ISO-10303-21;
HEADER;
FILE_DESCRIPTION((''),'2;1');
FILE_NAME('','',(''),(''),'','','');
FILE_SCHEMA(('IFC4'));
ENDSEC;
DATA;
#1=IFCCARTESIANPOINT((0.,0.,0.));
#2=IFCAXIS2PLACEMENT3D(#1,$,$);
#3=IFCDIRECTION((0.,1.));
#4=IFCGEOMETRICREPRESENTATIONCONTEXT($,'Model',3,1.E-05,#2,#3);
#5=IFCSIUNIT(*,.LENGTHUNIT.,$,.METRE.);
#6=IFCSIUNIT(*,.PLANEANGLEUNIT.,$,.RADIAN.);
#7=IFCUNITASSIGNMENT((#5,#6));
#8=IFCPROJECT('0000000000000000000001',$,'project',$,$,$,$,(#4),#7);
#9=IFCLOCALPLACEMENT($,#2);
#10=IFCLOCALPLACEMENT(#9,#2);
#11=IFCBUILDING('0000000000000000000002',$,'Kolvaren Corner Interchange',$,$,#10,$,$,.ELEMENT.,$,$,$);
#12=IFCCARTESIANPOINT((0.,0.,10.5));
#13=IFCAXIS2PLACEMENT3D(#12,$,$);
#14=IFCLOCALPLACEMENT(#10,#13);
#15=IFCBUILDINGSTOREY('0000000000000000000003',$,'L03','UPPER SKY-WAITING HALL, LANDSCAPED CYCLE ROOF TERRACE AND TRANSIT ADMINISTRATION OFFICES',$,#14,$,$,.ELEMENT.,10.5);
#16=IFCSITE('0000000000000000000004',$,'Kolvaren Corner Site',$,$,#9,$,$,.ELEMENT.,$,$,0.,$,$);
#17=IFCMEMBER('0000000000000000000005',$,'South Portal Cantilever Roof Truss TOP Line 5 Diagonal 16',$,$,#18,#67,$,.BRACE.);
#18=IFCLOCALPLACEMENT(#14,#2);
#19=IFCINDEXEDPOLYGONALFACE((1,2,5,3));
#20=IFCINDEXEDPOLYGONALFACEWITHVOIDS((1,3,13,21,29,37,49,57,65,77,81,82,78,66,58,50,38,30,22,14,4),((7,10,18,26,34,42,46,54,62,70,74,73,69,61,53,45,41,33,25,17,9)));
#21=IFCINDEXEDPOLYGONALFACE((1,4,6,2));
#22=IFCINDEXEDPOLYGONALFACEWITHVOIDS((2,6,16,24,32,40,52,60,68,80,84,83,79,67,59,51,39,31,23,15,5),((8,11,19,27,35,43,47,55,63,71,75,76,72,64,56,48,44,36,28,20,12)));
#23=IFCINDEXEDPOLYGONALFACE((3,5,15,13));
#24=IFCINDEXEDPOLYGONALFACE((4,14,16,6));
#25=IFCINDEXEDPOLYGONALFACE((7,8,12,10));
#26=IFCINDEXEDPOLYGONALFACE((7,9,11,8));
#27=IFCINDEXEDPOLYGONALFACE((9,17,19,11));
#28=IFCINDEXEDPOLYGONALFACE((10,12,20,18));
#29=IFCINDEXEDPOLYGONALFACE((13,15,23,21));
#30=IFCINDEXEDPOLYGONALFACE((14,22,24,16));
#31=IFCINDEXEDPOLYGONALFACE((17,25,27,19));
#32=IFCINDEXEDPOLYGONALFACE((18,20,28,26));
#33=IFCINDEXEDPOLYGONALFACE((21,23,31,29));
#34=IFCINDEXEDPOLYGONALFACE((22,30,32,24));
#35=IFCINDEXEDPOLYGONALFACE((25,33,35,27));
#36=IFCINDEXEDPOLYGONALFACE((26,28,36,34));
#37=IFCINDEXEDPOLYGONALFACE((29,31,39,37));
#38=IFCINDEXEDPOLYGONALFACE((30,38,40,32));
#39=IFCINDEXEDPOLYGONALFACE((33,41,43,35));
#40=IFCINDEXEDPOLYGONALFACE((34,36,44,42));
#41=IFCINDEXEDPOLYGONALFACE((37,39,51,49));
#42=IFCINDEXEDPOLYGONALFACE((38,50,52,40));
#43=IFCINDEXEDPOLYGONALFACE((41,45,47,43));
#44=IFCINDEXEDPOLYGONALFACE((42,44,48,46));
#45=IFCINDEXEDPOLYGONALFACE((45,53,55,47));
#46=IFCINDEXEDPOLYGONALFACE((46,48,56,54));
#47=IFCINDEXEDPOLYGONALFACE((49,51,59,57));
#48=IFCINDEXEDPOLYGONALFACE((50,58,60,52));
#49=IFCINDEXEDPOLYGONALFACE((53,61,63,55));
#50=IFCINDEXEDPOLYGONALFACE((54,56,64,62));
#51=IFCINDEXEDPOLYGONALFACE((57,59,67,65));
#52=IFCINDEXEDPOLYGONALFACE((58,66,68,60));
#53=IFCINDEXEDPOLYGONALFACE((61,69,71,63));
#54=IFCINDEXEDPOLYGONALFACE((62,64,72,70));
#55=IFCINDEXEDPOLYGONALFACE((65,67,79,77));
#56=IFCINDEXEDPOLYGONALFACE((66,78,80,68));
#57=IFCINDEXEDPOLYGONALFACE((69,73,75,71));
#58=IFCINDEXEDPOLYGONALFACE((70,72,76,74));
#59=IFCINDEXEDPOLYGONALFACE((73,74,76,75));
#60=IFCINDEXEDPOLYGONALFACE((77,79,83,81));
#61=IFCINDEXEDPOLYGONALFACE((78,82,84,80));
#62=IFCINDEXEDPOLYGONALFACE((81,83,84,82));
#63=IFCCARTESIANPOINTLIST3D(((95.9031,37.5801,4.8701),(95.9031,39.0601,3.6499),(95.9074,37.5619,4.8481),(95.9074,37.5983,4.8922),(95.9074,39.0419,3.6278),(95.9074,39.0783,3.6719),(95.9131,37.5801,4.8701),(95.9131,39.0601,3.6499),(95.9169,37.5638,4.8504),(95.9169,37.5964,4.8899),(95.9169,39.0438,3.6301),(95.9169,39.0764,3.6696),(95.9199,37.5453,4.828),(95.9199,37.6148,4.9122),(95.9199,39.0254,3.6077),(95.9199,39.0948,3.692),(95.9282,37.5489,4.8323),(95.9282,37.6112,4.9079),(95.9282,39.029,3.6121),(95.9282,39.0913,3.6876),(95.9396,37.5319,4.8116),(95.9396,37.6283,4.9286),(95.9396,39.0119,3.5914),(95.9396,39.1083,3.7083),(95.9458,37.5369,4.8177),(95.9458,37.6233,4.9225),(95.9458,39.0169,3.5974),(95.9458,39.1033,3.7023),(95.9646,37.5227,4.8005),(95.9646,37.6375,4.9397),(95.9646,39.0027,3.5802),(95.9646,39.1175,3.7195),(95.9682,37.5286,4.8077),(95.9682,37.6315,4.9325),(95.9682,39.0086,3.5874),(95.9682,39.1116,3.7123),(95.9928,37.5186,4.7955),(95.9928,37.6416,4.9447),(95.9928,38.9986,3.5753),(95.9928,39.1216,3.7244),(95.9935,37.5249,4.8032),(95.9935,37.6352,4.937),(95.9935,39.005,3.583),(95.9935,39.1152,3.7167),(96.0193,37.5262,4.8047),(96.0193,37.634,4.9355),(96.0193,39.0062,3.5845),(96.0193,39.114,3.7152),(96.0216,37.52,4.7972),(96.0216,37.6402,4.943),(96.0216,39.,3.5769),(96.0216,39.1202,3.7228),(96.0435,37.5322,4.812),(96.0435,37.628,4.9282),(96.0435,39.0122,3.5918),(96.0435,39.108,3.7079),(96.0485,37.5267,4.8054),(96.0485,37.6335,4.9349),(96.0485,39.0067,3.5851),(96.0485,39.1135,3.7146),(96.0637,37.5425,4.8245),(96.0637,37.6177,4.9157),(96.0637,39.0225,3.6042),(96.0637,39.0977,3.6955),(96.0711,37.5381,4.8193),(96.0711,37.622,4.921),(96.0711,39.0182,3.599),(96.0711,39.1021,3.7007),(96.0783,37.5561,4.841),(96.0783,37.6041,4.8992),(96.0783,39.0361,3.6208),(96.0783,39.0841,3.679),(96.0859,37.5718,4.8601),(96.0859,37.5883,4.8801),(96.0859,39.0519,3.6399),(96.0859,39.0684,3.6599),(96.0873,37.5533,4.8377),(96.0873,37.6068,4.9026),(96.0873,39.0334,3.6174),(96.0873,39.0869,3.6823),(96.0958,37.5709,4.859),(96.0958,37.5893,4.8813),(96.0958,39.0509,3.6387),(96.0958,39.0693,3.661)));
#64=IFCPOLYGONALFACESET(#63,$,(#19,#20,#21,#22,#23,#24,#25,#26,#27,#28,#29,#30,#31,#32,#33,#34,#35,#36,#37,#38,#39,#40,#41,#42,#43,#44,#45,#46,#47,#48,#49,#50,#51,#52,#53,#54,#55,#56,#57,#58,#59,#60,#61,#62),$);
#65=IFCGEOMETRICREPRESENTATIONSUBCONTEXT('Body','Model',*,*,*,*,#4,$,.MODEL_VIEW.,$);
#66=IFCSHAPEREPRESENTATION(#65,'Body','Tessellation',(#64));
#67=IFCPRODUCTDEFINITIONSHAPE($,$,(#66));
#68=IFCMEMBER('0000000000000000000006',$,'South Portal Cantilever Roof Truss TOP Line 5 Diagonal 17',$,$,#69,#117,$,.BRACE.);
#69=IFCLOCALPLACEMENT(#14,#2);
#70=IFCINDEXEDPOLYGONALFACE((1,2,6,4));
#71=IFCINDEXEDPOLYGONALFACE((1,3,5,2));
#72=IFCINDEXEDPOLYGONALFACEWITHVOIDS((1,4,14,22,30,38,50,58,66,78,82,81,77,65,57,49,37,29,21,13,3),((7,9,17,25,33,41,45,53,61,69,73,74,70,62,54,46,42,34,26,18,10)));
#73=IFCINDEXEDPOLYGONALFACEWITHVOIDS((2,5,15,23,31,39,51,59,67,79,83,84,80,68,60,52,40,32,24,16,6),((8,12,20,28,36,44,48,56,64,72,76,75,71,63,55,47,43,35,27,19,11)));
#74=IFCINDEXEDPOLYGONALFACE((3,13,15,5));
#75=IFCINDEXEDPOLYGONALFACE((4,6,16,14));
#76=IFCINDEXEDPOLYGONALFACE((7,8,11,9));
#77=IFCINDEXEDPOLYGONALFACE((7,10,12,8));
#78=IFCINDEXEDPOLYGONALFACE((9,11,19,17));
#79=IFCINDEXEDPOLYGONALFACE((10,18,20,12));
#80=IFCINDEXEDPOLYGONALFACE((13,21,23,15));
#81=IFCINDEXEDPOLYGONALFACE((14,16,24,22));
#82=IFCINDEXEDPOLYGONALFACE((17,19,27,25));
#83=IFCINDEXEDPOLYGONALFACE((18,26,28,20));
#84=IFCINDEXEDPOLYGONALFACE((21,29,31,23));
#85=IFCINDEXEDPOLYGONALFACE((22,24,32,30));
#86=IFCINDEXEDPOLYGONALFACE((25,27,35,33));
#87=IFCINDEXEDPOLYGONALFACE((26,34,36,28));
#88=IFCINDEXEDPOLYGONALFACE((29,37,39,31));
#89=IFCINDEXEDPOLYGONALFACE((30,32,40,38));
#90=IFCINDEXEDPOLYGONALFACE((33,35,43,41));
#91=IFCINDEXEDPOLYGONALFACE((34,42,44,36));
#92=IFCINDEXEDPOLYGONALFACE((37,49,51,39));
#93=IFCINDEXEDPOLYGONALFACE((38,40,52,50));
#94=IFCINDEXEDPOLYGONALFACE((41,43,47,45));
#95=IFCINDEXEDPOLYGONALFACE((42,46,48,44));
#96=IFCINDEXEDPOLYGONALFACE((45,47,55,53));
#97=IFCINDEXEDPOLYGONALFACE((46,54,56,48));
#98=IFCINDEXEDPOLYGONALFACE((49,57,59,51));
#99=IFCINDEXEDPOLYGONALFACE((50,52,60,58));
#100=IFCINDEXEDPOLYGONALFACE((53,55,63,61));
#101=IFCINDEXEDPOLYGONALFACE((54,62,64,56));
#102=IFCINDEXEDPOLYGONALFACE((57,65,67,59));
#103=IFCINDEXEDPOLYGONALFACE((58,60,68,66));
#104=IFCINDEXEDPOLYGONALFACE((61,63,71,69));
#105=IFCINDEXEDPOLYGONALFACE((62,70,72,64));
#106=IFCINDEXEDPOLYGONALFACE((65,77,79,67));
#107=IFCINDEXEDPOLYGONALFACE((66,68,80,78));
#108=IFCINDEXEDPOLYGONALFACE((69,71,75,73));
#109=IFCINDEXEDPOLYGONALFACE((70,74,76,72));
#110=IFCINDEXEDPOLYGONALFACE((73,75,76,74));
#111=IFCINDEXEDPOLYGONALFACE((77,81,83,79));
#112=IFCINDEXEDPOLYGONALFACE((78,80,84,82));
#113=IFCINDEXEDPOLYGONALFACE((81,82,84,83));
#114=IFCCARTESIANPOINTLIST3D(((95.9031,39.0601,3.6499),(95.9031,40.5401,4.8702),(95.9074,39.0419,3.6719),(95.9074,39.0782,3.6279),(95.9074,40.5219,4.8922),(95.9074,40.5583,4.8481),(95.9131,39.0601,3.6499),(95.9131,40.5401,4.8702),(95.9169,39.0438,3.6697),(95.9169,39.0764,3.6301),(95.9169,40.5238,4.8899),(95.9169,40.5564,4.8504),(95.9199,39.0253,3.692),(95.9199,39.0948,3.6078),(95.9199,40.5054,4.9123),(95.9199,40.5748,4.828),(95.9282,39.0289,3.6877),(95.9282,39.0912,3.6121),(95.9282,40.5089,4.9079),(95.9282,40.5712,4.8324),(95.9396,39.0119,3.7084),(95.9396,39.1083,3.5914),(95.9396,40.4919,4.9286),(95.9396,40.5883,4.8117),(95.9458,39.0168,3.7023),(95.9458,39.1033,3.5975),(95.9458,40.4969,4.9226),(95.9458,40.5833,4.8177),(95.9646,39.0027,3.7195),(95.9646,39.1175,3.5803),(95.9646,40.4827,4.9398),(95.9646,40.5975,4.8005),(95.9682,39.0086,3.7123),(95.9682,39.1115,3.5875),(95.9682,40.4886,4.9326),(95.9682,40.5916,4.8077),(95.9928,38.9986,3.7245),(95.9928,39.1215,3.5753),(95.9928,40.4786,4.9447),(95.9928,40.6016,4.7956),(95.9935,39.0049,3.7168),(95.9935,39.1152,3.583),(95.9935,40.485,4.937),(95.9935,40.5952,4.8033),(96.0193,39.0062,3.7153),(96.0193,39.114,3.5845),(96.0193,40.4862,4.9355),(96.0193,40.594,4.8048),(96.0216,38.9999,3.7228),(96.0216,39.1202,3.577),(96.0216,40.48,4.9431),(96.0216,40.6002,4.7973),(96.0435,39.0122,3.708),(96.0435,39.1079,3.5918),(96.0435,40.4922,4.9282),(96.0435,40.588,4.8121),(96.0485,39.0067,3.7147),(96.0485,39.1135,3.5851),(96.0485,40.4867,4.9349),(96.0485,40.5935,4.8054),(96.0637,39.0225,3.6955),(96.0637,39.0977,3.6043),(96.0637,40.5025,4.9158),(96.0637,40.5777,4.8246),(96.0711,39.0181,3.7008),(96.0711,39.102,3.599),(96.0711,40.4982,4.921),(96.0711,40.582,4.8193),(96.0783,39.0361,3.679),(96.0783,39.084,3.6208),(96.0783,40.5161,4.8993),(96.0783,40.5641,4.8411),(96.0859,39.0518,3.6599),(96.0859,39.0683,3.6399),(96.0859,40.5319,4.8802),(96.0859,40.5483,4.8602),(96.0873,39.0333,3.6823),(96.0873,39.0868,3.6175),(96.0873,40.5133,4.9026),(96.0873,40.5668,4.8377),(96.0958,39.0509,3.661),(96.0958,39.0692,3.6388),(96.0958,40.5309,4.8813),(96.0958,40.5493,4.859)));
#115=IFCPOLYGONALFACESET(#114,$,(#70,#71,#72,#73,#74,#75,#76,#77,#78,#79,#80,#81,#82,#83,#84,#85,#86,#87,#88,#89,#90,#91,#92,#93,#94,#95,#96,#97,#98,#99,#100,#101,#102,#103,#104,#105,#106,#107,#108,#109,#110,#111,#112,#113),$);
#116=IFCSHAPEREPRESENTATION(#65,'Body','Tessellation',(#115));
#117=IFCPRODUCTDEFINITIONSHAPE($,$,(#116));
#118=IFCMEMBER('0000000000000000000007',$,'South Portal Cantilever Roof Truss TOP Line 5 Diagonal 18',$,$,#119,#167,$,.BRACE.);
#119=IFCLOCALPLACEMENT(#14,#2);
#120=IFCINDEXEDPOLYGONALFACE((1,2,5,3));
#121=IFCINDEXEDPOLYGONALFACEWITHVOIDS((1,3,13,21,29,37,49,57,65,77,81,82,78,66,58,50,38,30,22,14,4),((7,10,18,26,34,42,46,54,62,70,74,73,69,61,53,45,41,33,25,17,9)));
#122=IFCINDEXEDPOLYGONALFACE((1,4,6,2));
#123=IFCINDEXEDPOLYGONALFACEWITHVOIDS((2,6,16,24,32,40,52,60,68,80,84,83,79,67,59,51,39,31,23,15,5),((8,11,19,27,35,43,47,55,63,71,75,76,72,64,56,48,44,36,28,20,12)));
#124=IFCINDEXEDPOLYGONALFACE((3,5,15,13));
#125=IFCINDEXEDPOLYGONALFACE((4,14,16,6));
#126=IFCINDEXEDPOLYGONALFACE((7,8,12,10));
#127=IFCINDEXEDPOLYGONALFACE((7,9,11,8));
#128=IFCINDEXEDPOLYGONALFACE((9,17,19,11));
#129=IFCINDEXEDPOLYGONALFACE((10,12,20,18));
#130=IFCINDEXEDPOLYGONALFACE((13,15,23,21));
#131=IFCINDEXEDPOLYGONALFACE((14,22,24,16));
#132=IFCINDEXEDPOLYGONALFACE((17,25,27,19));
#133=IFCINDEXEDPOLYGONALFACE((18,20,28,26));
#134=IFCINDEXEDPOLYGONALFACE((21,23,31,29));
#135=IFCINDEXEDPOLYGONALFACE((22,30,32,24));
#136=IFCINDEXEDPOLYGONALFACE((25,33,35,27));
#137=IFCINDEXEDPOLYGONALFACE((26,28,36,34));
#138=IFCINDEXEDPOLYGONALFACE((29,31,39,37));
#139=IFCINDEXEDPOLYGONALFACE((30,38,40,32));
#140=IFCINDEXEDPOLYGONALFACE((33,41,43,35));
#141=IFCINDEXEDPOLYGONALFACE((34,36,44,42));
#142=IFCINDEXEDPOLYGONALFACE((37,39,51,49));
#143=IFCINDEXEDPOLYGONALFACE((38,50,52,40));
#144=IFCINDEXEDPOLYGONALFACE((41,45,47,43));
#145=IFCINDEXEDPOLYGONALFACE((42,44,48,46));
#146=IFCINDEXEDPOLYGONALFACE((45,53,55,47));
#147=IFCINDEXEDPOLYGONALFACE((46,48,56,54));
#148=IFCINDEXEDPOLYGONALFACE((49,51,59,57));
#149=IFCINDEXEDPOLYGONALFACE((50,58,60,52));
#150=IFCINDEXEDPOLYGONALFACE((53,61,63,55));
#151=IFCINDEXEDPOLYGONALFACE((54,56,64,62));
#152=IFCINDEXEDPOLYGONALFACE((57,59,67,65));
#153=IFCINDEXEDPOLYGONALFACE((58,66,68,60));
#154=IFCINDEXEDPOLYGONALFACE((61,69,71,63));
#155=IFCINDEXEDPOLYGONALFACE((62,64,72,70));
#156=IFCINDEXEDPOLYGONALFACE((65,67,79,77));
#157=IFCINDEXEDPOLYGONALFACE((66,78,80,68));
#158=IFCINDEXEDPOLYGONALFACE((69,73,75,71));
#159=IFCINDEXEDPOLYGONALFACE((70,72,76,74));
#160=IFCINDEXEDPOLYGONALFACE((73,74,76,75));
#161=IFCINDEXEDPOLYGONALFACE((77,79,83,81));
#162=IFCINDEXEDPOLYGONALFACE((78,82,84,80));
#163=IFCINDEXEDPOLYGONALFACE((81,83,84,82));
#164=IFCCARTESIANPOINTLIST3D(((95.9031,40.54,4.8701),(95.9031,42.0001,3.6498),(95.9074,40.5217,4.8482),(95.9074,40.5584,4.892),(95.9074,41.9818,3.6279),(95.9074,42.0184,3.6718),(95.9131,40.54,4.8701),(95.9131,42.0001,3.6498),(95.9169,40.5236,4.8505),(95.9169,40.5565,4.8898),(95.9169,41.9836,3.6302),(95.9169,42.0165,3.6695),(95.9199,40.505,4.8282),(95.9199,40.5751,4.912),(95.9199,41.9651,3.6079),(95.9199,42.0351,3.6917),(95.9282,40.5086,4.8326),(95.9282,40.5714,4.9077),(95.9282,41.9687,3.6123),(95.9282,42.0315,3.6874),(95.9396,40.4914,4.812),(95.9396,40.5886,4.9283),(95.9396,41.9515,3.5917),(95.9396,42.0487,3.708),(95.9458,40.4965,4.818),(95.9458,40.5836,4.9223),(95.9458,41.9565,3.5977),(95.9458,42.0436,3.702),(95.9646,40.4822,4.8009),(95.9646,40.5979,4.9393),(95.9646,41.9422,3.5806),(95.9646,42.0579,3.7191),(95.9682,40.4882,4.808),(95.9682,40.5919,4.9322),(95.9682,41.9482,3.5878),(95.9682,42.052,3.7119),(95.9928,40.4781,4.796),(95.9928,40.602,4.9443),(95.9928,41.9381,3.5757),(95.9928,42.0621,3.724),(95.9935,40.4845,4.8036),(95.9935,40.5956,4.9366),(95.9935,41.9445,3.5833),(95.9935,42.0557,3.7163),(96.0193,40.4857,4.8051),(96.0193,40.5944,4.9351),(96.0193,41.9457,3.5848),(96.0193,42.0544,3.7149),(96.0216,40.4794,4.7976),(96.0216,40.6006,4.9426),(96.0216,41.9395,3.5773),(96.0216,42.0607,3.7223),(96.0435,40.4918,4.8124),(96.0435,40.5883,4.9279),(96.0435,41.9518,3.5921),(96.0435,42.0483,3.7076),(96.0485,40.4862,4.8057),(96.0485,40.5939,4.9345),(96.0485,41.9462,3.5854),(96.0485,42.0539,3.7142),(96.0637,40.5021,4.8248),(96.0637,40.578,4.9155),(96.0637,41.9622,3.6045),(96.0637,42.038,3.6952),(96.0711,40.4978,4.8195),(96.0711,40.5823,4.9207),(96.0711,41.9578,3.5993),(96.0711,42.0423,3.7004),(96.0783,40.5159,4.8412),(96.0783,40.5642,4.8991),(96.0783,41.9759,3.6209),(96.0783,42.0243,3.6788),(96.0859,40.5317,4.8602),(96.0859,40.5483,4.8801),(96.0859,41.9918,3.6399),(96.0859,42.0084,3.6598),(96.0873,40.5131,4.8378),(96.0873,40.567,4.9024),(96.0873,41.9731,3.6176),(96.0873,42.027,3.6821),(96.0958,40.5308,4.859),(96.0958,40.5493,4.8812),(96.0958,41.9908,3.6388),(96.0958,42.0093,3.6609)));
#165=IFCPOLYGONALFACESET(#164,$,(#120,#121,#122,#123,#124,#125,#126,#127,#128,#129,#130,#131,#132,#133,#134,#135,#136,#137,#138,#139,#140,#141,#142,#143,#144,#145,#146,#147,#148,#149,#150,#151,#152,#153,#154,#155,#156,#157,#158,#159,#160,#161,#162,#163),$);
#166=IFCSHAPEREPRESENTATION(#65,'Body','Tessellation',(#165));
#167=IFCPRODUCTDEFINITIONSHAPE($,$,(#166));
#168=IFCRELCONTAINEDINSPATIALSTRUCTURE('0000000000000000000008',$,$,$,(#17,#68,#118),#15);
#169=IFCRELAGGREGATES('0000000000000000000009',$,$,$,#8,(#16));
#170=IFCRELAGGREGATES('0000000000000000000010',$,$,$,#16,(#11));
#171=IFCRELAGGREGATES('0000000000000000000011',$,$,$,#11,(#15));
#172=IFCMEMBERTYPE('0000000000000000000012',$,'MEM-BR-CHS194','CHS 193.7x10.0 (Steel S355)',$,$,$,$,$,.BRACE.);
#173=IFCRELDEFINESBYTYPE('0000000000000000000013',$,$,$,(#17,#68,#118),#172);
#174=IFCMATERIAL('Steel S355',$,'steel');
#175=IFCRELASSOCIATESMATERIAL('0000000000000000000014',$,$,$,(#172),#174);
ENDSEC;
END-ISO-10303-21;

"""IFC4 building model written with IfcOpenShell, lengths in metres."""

from ifc_helpers import new_model, si_unit, direction, frame, origin, origin_2d, place, context, subcontext, project, spatial, hollow_circle, extrude, material, material_profile, profile_set, type_object, element, save


model = new_model("IFC4")

# Units and contexts
model_context = context("Model", 3, precision=1e-05, world=origin(), true_north=direction((0.0, 1.0)))
body_context = subcontext(model_context, "Body", "Model", "MODEL_VIEW")
ifc_project = project(units=[si_unit("LENGTHUNIT", "METRE"), si_unit("PLANEANGLEUNIT", "RADIAN")], contexts=[model_context])

# Site, building, storey
site_placement = place(None, origin())
site = spatial("IfcSite", under=ifc_project, at=site_placement, Name="Kolvaren Corner Site", CompositionType="ELEMENT", RefElevation=0.0)
building_placement = place(site_placement, origin())
building = spatial("IfcBuilding", under=site, at=building_placement, Name="Kolvaren Corner Interchange", CompositionType="ELEMENT")
storey_placement = place(building_placement, frame((0.0, 0.0, 10.5)))
storey = spatial("IfcBuildingStorey", under=building, at=storey_placement, Name="L03", Description="UPPER SKY-WAITING HALL, LANDSCAPED CYCLE ROOF TERRACE AND TRANSIT ADMINISTRATION OFFICES", CompositionType="ELEMENT", Elevation=10.5)

# Members
ifc_material_1 = material(Name="Steel S355", Category="steel")
ifc_material_profile_1 = material_profile(ifc_material_1, hollow_circle(Radius=0.0969, WallThickness=0.01, at=origin_2d()), Name="CHS 193.7x10.0")
ifc_profile_set_1 = profile_set([ifc_material_profile_1], Name="Steel S355")
member_type_1 = type_object("IfcMemberType", Name="MEM-BR-CHS194", Description="CHS 193.7x10.0 (Steel S355)", PredefinedType="BRACE", material=ifc_profile_set_1)
for number, where, z_axis, x_axis, name in (
    (1, (96.0, 37.5801, 4.8701), (0.0, 0.77157, -0.636144), (-1.0, 0.0, 0.0), "South Portal Cantilever Roof Truss TOP Line 5 Diagonal 16"),
    (2, (96.0, 39.0601, 3.6499), (0.0, 0.77157, 0.636144), (-1.0, 0.0, 0.0), "South Portal Cantilever Roof Truss TOP Line 5 Diagonal 17"),
):
    element("IfcMember", number, at=place(storey_placement, frame(where, z_axis=z_axis, x_axis=x_axis)), inside=storey, type_object=member_type_1, Name=name, PredefinedType="BRACE", context=body_context, shape_type="SweptSolid", body=[
        extrude(hollow_circle(Radius=0.0969, WallThickness=0.01, at=origin_2d()), origin(), (0.0, 0.0, 1.0), 1.9182),
    ])
member_1_placement = place(storey_placement, frame((96.0, 40.54, 4.8701), z_axis=(0.0, 0.767295, -0.641294), x_axis=(-1.0, 0.0, 0.0)))
element("IfcMember", 3, at=member_1_placement, inside=storey, type_object=member_type_1, Name="South Portal Cantilever Roof Truss TOP Line 5 Diagonal 18", PredefinedType="BRACE", context=body_context, shape_type="SweptSolid", body=[
    extrude(hollow_circle(Radius=0.0969, WallThickness=0.01, at=origin_2d()), origin(), (0.0, 0.0, 1.0), 1.9028),
])

save(model, "model.ifc")
